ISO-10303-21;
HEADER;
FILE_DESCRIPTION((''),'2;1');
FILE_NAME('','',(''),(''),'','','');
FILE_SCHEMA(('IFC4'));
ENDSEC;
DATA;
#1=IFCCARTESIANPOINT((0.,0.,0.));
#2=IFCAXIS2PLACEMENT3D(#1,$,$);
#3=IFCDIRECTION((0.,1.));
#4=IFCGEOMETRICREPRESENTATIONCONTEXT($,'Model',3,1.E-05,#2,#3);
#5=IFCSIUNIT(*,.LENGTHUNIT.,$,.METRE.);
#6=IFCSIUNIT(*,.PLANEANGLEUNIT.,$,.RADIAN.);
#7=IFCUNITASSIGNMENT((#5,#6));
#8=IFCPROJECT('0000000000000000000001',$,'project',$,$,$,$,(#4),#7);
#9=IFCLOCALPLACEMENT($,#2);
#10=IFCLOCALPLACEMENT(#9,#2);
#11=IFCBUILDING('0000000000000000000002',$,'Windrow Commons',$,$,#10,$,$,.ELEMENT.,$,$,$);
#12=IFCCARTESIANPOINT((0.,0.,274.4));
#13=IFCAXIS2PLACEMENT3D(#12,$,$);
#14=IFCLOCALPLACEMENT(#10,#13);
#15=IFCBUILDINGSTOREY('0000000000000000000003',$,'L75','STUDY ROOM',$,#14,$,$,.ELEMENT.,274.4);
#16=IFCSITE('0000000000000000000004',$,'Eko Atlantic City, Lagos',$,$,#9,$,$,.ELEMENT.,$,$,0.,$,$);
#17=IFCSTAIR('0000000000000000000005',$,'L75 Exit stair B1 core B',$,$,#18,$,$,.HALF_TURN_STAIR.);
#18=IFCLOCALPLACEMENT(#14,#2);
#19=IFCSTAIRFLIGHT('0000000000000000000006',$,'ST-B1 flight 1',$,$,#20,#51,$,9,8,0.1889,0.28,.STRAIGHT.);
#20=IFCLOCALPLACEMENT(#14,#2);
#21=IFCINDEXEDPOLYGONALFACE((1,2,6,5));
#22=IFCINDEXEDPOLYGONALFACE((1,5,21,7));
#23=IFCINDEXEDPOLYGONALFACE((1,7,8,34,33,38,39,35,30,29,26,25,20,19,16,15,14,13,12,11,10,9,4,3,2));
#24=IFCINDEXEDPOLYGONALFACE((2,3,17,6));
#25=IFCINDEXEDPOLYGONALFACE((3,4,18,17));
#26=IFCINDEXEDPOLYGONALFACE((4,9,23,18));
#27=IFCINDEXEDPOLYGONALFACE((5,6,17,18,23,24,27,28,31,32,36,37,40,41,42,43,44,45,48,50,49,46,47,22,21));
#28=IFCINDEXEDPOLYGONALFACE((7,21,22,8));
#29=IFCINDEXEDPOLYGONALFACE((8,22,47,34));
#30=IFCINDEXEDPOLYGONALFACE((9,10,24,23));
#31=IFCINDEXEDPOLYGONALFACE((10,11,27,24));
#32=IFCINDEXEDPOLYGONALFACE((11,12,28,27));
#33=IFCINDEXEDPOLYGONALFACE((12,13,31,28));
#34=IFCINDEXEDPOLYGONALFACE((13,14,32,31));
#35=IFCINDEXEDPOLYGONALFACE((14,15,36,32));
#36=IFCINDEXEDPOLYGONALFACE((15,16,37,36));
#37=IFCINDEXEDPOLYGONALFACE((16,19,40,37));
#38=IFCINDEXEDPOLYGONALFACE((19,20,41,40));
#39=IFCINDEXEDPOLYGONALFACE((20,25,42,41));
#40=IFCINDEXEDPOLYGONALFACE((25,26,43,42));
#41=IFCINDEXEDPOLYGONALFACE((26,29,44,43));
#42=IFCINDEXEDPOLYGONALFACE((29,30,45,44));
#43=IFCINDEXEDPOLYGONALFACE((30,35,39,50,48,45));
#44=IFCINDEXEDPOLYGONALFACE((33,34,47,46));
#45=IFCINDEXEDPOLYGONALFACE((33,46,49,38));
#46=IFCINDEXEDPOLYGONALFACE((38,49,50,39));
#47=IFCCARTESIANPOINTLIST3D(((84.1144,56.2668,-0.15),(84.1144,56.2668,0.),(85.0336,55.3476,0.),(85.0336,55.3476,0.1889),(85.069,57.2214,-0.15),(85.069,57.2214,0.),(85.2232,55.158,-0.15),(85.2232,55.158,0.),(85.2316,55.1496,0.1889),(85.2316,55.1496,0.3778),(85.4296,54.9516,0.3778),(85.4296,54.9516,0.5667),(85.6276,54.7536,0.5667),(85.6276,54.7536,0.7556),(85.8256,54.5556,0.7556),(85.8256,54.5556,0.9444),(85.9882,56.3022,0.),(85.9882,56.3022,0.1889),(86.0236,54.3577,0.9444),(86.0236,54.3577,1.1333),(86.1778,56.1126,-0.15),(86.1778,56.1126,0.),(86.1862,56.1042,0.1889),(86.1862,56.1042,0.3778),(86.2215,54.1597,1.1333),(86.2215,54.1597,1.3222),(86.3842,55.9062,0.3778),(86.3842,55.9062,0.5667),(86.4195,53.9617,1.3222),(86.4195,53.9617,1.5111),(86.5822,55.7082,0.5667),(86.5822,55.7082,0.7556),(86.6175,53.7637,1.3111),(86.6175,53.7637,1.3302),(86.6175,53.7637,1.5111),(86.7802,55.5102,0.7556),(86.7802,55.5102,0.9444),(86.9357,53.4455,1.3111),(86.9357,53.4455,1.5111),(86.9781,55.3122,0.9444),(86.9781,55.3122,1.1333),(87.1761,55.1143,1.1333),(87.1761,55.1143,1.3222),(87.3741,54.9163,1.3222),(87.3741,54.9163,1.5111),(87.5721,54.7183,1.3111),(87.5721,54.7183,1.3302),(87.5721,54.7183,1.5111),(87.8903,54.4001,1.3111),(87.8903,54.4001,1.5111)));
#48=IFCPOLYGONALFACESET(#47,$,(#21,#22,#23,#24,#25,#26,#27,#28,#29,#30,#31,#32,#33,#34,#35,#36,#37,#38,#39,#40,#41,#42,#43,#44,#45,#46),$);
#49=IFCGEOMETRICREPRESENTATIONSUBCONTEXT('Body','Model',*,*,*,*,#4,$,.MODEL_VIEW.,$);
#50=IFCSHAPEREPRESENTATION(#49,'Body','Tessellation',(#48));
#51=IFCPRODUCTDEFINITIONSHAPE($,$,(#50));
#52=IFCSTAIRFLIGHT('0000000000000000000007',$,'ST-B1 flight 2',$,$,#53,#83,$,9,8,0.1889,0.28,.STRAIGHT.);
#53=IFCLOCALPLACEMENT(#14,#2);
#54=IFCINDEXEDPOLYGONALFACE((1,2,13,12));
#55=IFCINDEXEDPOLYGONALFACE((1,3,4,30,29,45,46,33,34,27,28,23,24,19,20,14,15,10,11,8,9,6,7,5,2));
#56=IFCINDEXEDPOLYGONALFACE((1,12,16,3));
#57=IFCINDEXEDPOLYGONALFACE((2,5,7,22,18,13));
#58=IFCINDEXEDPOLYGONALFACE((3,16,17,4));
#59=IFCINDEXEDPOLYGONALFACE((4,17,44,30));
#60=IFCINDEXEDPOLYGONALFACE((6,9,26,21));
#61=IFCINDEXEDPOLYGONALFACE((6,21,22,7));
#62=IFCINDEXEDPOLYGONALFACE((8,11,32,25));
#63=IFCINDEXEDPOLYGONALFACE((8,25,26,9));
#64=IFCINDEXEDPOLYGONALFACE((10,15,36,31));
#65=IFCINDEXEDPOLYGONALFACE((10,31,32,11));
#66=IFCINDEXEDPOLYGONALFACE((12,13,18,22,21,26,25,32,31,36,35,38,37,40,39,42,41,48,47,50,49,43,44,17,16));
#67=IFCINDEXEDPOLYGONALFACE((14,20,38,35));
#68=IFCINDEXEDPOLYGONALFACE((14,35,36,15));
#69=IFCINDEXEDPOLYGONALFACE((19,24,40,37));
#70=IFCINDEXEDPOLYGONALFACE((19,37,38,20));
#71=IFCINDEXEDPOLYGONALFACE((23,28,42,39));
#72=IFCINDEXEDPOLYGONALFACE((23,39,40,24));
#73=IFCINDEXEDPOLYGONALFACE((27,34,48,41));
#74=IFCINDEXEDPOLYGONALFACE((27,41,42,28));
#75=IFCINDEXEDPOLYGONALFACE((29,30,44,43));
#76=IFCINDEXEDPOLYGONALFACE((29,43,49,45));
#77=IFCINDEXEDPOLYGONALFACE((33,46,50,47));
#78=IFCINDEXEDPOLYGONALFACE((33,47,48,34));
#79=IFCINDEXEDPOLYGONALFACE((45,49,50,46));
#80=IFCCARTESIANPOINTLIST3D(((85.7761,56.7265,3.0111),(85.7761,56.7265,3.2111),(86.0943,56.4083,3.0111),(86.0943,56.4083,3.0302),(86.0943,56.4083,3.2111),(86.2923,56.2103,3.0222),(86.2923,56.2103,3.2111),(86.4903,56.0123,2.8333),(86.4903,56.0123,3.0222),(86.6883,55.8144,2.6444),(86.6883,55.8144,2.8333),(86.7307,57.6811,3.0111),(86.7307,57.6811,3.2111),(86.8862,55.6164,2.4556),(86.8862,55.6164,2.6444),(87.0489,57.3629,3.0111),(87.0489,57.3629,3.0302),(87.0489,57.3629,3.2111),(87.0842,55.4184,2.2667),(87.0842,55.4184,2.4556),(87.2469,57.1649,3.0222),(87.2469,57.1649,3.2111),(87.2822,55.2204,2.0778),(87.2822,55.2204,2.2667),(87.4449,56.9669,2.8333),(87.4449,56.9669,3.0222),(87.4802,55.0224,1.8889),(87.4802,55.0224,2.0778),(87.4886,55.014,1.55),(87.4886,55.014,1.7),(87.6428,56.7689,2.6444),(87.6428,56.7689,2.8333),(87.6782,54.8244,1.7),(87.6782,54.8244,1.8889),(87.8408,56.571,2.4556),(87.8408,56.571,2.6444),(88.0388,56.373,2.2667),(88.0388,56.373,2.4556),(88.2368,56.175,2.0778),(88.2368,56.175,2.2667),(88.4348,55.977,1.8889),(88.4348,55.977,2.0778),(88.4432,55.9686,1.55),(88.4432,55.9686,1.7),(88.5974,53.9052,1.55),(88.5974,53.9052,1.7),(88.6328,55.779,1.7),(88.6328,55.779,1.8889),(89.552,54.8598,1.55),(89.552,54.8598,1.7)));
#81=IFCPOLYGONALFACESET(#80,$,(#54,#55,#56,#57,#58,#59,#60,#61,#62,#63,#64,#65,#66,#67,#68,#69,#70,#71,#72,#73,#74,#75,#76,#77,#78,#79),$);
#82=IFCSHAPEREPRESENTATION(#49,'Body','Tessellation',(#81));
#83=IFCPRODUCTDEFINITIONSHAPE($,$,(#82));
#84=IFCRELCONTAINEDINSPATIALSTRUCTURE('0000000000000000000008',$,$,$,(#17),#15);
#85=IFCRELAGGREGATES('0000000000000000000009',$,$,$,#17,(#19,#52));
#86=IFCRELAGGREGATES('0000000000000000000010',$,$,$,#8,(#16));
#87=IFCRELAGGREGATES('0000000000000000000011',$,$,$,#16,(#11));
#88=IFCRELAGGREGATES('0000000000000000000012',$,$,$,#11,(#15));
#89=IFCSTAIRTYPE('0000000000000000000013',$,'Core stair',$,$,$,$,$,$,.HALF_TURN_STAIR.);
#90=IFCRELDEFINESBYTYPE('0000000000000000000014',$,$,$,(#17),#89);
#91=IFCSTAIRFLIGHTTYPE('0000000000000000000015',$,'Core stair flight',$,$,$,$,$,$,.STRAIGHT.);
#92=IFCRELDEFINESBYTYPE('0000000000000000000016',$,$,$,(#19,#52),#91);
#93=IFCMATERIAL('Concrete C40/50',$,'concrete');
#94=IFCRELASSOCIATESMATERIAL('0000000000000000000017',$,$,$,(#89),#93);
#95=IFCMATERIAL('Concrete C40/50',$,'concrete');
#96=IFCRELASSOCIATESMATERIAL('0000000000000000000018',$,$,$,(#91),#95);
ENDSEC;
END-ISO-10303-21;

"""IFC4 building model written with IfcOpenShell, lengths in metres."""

from ifc_helpers import new_model, si_unit, direction, frame, origin, place, context, subcontext, project, spatial, polyline, outline, extrude, material, type_object, element, aggregate, save


model = new_model("IFC4")

# Units and contexts
model_context = context("Model", 3, precision=1e-05, world=origin(), true_north=direction((0.0, 1.0)))
body_context = subcontext(model_context, "Body", "Model", "MODEL_VIEW")
ifc_project = project(units=[si_unit("LENGTHUNIT", "METRE"), si_unit("PLANEANGLEUNIT", "RADIAN")], contexts=[model_context])

# Site, building, storey
site_placement = place(None, origin())
site = spatial("IfcSite", under=ifc_project, at=site_placement, Name="Eko Atlantic City, Lagos", CompositionType="ELEMENT", RefElevation=0.0)
building_placement = place(site_placement, origin())
building = spatial("IfcBuilding", under=site, at=building_placement, Name="Windrow Commons", CompositionType="ELEMENT")
storey_placement = place(building_placement, frame((0.0, 0.0, 274.4)))
storey = spatial("IfcBuildingStorey", under=building, at=storey_placement, Name="L75", Description="STUDY ROOM", CompositionType="ELEMENT", Elevation=274.4)

# Stair, stair flights
ifc_material_1 = material(Name="Concrete C40/50", Category="concrete")
stair_type = type_object("IfcStairType", Name="Core stair", PredefinedType="HALF_TURN_STAIR", material=ifc_material_1)
stair_placement = place(storey_placement, origin())
stair = element("IfcStair", 1, at=stair_placement, inside=storey, type_object=stair_type, Name="L75 Exit stair B1 core B", PredefinedType="HALF_TURN_STAIR")
ifc_material_2 = material(Name="Concrete C40/50", Category="concrete")
stair_flight_type = type_object("IfcStairFlightType", Name="Core stair flight", PredefinedType="STRAIGHT", material=ifc_material_2)
stair_flight_1_placement = place(storey_placement, frame((85.5109, 55.8249, 0.0), z_axis=(0.0, 0.0, 1.0), x_axis=(0.707107, -0.707107, 0.0)))
stair_flight_1 = element("IfcStairFlight", 2, at=stair_flight_1_placement, type_object=stair_flight_type, Name="ST-B1 flight 1", NumberOfRisers=9, NumberOfTreads=8, PredefinedType="STRAIGHT", RiserHeight=0.1889, TreadLength=0.28, context=body_context, shape_type="SweptSolid", body=[
    extrude(outline(polyline([(-1.3, -0.15), (-1.3, 0.0), (0.0, 0.0), (0.0, 0.1889), (0.28, 0.1889), (0.28, 0.3778), (0.56, 0.3778), (0.56, 0.5667), (0.84, 0.5667), (0.84, 0.7556), (1.12, 0.7556), (1.12, 0.9444), (1.4, 0.9444), (1.4, 1.1333), (1.68, 1.1333), (1.68, 1.3222), (1.96, 1.3222), (1.96, 1.5111), (2.24, 1.5111), (2.69, 1.5111), (2.69, 1.3111), (2.24, 1.3111), (2.24, 1.3302), (0.2682, 0.0), (0.2682, -0.15), (-1.3, -0.15)])), frame((0.0, 0.675, 0.0), z_axis=(0.0, -1.0, 0.0), x_axis=(1.0, 0.0, 0.0)), (0.0, 0.0, 1.0), 1.35),
])
stair_flight_2_placement = place(storey_placement, frame((88.1555, 55.3017, 1.7), z_axis=(0.0, 0.0, 1.0), x_axis=(-0.707107, 0.707107, 0.0)))
stair_flight_2 = element("IfcStairFlight", 3, at=stair_flight_2_placement, type_object=stair_flight_type, Name="ST-B1 flight 2", NumberOfRisers=9, NumberOfTreads=8, PredefinedType="STRAIGHT", RiserHeight=0.1889, TreadLength=0.28, context=body_context, shape_type="SweptSolid", body=[
    extrude(outline(polyline([(-1.3, -0.15), (-1.3, 0.0), (0.0, 0.0), (0.0, 0.1889), (0.28, 0.1889), (0.28, 0.3778), (0.56, 0.3778), (0.56, 0.5667), (0.84, 0.5667), (0.84, 0.7556), (1.12, 0.7556), (1.12, 0.9444), (1.4, 0.9444), (1.4, 1.1333), (1.68, 1.1333), (1.68, 1.3222), (1.96, 1.3222), (1.96, 1.5111), (2.24, 1.5111), (2.69, 1.5111), (2.69, 1.3111), (2.24, 1.3111), (2.24, 1.3302), (0.2682, 0.0), (0.2682, -0.15), (-1.3, -0.15)])), frame((0.0, 0.675, 0.0), z_axis=(0.0, -1.0, 0.0), x_axis=(1.0, 0.0, 0.0)), (0.0, 0.0, 1.0), 1.35),
])
aggregate(stair, [stair_flight_1, stair_flight_2])

save(model, "model.ifc")
